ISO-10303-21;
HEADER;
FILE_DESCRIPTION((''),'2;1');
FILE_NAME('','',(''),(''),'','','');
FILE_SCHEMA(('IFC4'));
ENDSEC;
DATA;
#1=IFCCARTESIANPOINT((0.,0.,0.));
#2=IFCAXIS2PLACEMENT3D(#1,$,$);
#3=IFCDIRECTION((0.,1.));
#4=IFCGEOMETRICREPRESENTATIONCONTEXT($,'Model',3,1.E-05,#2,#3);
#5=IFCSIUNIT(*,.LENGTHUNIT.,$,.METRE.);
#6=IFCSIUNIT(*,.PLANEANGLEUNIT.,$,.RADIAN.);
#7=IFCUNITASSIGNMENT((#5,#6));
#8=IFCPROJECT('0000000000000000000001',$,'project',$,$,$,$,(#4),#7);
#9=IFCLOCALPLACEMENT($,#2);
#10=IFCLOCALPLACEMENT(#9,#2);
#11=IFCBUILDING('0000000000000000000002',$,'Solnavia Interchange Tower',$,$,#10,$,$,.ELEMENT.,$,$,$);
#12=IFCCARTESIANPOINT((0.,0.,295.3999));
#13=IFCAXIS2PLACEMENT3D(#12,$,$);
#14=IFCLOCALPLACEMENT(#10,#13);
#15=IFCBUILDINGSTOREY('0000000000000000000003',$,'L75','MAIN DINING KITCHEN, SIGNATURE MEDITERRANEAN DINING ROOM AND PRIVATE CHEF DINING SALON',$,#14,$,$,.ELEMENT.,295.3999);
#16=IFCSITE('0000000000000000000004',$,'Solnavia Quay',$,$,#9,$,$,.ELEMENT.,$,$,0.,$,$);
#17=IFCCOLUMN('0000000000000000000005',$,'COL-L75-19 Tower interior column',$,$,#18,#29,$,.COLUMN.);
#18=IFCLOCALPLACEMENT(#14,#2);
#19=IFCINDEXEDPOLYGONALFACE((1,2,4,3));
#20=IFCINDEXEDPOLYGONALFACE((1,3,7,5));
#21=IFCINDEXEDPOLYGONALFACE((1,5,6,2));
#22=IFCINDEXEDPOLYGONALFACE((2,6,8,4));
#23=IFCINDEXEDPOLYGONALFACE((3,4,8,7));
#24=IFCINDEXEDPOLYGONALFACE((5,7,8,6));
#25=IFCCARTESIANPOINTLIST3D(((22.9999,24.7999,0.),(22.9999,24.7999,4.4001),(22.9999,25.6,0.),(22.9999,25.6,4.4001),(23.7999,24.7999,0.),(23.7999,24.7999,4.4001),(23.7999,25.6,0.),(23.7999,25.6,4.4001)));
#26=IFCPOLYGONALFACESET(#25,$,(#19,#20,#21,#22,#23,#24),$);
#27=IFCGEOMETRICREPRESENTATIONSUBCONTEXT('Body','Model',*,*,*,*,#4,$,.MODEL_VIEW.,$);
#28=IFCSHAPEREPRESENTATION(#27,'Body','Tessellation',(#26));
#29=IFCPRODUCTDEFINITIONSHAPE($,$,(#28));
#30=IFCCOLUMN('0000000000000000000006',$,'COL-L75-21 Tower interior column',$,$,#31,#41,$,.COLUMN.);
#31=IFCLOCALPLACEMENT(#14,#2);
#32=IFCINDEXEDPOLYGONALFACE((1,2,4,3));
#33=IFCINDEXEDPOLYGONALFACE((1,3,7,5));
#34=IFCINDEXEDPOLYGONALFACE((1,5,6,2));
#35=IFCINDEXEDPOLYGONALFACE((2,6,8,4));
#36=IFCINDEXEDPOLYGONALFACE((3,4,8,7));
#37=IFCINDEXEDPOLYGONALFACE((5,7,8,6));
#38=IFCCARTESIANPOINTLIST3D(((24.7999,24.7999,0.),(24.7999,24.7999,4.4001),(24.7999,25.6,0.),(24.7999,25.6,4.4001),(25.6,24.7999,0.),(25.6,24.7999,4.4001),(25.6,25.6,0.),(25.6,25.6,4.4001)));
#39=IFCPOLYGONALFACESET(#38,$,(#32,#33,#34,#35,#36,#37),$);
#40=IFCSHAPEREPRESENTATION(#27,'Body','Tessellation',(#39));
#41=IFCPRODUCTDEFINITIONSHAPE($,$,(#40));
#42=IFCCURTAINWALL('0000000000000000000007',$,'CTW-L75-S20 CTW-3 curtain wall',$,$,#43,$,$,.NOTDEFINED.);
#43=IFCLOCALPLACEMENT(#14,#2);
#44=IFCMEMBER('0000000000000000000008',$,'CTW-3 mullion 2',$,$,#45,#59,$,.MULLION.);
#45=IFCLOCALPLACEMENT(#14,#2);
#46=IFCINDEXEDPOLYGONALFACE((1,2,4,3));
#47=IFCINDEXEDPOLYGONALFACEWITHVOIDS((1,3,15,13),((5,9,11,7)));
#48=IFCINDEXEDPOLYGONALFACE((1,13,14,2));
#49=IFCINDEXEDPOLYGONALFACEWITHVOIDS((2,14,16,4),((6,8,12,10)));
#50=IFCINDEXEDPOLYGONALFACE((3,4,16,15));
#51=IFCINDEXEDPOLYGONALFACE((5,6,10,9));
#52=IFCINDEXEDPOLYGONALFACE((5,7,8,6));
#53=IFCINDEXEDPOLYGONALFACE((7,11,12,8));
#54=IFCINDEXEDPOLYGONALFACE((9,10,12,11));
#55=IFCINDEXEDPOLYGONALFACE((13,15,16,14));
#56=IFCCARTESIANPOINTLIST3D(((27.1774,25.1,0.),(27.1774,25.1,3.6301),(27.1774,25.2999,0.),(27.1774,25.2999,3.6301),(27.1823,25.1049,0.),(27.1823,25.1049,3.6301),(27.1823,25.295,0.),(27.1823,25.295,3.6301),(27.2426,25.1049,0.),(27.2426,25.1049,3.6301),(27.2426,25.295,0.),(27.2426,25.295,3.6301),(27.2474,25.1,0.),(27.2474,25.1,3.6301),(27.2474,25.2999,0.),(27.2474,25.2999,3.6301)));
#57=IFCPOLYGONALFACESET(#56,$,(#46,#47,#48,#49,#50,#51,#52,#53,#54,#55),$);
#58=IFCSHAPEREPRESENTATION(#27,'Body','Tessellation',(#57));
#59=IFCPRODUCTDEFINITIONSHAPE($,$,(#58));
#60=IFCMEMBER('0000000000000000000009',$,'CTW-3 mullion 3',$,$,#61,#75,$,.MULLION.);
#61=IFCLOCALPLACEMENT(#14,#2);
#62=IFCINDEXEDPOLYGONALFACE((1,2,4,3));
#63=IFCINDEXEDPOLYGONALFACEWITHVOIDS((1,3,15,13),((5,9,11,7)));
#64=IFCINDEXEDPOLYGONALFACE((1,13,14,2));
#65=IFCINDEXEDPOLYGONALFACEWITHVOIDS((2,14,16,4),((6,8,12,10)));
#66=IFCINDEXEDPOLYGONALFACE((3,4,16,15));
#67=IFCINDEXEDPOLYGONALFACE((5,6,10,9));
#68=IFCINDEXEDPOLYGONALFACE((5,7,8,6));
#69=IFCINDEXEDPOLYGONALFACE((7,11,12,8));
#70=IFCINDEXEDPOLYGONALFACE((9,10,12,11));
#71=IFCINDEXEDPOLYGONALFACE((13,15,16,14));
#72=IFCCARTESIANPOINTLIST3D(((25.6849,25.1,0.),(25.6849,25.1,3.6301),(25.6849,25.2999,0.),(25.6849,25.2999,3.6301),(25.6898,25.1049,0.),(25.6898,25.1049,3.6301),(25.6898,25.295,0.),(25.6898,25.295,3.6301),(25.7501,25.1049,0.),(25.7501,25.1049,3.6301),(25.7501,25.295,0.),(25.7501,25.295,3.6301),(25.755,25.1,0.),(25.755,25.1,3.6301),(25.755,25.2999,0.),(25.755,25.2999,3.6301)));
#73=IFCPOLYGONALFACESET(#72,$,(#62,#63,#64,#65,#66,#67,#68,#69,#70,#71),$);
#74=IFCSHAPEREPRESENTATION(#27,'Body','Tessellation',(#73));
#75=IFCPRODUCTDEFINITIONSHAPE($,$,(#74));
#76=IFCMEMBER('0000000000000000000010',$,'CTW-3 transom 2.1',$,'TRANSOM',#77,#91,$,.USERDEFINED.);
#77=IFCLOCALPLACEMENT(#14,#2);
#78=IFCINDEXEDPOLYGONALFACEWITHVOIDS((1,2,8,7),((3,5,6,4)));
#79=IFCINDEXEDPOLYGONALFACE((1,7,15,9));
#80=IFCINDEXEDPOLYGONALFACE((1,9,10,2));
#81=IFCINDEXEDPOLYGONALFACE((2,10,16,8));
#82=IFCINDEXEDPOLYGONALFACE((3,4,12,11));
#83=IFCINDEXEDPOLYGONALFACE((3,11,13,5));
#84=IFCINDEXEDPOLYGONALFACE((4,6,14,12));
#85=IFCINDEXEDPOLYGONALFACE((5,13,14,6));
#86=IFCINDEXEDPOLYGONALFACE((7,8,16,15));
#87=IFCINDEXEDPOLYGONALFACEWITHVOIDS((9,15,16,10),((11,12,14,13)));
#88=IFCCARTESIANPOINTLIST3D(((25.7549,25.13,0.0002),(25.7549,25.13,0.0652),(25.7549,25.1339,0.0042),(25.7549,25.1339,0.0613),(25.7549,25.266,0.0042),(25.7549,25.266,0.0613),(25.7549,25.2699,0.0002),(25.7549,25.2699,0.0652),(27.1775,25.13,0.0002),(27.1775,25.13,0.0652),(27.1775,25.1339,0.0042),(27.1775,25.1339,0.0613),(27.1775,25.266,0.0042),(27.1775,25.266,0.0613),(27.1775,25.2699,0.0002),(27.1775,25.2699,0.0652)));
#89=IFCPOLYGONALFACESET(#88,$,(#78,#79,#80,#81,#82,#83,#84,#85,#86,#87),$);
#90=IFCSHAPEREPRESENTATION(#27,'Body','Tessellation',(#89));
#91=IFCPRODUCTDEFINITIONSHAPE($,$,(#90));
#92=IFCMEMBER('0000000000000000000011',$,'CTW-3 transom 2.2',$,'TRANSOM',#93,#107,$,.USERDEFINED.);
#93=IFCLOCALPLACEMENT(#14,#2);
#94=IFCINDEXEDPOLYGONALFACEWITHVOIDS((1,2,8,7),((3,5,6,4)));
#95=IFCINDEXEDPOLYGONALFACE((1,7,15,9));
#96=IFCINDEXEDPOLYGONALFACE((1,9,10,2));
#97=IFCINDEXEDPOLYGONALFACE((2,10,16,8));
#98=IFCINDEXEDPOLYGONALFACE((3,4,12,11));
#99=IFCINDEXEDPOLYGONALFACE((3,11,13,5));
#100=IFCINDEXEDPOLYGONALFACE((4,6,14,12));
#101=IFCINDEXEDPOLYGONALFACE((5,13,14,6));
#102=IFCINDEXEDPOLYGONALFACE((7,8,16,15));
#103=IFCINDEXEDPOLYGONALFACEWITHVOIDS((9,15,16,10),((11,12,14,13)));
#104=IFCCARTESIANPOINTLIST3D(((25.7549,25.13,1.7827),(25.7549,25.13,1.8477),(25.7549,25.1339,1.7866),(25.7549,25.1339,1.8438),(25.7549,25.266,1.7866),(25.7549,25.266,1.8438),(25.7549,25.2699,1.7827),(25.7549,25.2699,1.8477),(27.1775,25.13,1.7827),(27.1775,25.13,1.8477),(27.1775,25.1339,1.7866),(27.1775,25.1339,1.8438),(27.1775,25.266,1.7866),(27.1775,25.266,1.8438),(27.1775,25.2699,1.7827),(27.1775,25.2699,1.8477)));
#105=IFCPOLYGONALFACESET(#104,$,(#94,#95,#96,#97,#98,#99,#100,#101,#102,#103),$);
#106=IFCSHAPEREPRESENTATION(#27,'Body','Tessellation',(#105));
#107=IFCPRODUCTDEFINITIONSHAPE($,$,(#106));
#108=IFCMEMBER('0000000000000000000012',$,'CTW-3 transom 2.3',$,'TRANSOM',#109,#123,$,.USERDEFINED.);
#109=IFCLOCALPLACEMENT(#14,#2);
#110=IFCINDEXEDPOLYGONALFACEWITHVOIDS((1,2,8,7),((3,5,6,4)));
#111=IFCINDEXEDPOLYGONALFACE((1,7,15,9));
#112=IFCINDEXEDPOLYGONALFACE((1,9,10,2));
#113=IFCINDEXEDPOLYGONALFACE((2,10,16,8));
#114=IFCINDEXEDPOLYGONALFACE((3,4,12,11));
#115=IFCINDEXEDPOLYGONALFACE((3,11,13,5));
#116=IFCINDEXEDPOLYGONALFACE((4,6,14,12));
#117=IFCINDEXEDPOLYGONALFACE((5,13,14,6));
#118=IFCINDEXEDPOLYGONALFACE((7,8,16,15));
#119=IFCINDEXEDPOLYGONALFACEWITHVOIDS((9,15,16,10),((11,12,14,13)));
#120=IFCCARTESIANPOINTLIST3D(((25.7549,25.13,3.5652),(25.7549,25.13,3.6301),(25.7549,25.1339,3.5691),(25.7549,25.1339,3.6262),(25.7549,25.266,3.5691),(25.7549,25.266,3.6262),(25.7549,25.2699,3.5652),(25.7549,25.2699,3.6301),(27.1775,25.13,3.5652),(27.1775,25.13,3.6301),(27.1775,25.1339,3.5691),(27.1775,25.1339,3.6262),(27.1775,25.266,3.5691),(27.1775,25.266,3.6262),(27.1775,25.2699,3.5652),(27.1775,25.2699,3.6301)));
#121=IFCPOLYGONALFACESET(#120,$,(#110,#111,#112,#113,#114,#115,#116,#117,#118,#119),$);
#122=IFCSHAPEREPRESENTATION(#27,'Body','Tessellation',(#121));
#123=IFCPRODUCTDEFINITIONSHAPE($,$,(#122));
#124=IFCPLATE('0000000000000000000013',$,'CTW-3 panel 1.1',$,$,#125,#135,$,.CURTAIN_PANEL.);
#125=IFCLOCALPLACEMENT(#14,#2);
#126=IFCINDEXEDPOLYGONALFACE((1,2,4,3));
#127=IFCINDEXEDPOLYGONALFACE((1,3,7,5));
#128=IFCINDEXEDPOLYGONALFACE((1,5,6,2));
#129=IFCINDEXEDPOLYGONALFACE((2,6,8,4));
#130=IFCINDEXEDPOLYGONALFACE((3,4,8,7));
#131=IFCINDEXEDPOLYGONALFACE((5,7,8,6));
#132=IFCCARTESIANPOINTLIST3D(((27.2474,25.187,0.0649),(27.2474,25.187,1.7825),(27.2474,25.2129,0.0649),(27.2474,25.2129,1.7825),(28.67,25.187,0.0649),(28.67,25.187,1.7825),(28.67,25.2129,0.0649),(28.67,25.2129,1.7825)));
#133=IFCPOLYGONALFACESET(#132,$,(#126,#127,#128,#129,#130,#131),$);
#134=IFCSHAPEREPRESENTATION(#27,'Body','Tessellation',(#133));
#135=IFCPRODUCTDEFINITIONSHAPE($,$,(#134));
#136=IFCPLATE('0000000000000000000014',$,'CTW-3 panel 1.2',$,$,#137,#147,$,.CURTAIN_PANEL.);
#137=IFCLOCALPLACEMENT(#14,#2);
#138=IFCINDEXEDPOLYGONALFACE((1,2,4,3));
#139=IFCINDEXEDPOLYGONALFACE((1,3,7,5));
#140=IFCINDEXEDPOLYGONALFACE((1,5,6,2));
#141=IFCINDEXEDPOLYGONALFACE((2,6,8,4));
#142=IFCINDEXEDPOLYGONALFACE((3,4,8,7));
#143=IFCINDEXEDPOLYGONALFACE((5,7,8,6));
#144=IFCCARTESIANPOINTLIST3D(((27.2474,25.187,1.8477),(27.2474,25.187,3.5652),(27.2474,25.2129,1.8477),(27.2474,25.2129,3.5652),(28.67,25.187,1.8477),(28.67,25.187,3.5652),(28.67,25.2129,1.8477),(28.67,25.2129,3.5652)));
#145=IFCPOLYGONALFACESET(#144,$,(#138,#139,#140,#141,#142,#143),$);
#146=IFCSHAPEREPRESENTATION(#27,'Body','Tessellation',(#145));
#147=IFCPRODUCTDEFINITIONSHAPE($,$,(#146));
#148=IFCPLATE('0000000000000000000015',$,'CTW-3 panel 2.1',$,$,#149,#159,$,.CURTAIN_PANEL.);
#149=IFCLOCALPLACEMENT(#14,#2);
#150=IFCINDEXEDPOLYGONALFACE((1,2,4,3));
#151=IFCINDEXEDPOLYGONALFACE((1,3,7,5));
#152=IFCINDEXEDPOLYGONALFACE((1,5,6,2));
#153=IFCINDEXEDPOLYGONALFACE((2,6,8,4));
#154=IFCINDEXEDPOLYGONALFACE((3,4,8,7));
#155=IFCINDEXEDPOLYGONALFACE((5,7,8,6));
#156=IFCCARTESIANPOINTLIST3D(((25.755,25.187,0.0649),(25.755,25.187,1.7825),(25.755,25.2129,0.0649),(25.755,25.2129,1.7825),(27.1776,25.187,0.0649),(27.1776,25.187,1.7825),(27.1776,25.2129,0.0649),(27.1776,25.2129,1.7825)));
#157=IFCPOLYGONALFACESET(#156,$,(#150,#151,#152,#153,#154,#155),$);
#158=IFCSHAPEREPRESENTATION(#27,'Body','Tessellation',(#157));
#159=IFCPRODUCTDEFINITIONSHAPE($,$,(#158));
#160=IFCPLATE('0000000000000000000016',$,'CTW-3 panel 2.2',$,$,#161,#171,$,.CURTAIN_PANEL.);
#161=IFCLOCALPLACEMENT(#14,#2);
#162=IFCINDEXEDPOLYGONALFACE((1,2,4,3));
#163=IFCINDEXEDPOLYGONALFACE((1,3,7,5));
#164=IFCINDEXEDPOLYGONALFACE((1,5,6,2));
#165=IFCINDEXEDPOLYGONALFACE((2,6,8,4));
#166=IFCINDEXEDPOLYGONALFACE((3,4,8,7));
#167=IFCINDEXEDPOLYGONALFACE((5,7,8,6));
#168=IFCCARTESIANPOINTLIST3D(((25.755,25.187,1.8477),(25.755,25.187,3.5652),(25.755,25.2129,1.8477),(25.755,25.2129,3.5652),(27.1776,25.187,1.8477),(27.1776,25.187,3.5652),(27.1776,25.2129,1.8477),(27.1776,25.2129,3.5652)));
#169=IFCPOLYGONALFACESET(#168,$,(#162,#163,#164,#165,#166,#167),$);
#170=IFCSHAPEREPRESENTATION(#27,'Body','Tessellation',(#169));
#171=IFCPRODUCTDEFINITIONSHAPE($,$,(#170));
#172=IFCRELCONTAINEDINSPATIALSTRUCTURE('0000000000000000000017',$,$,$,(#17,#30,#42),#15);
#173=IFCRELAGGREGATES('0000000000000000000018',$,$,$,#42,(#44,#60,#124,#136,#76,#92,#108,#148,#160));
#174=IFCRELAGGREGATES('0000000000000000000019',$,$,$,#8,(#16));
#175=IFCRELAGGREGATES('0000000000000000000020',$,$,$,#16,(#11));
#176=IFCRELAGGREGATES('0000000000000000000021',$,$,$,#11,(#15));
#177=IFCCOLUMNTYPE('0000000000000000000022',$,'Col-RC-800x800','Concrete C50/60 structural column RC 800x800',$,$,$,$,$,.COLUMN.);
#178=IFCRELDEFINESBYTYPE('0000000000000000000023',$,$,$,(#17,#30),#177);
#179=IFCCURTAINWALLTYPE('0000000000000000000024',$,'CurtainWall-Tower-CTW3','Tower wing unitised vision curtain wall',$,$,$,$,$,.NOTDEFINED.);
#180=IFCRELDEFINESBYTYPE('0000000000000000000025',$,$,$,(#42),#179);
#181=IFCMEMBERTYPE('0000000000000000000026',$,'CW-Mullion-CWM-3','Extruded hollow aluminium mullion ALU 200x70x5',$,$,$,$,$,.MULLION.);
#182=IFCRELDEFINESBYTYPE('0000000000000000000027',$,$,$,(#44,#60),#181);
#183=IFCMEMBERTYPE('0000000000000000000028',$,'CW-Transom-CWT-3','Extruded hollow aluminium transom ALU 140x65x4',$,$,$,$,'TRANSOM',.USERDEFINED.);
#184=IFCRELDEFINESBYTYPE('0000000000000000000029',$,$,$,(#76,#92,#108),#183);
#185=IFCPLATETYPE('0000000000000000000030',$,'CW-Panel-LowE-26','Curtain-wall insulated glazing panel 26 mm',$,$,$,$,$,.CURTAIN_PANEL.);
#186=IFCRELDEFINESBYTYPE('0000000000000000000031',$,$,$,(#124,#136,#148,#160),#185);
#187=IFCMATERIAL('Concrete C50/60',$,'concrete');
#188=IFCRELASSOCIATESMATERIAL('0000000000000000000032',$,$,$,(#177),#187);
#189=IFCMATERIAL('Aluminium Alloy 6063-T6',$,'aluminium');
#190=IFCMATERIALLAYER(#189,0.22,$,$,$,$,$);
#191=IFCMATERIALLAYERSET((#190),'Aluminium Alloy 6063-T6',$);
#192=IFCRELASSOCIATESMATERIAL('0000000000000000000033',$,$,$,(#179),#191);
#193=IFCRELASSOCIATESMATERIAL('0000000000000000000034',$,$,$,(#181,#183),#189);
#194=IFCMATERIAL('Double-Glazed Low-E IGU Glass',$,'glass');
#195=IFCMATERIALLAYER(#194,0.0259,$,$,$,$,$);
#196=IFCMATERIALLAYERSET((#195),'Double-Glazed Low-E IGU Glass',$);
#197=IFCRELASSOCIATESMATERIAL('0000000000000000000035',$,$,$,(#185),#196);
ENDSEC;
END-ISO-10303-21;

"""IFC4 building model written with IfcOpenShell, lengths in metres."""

from ifc_helpers import new_model, si_unit, direction, frame, origin, origin_2d, place, context, subcontext, project, spatial, rectangle, hollow_rectangle, extrude, material, layer, layer_set, material_profile, profile_set, type_object, element, aggregate, save


model = new_model("IFC4")

# Units and contexts
model_context = context("Model", 3, precision=1e-05, world=origin(), true_north=direction((0.0, 1.0)))
body_context = subcontext(model_context, "Body", "Model", "MODEL_VIEW")
ifc_project = project(units=[si_unit("LENGTHUNIT", "METRE"), si_unit("PLANEANGLEUNIT", "RADIAN")], contexts=[model_context])

# Site, building, storey
site_placement = place(None, origin())
site = spatial("IfcSite", under=ifc_project, at=site_placement, Name="Solnavia Quay", CompositionType="ELEMENT", RefElevation=0.0)
building_placement = place(site_placement, origin())
building = spatial("IfcBuilding", under=site, at=building_placement, Name="Solnavia Interchange Tower", CompositionType="ELEMENT")
storey_placement = place(building_placement, frame((0.0, 0.0, 295.3999)))
storey = spatial("IfcBuildingStorey", under=building, at=storey_placement, Name="L75", Description="MAIN DINING KITCHEN, SIGNATURE MEDITERRANEAN DINING ROOM AND PRIVATE CHEF DINING SALON", CompositionType="ELEMENT", Elevation=295.3999)

# Columns
ifc_material_1 = material(Name="Concrete C50/60", Category="concrete")
ifc_material_profile_1 = material_profile(ifc_material_1, rectangle(XDim=0.8, YDim=0.8, at=origin_2d()), Name="RC 800x800")
ifc_profile_set_1 = profile_set([ifc_material_profile_1], Name="Concrete C50/60")
column_type = type_object("IfcColumnType", Name="Col-RC-800x800", Description="Concrete C50/60 structural column RC 800x800", PredefinedType="COLUMN", material=ifc_profile_set_1)
for number, where, z_axis, x_axis, name in (
    (1, (23.3999, 25.2, 0.0), (0.0, 0.0, 1.0), (1.0, 0.0, 0.0), "COL-L75-19 Tower interior column"),
    (2, (25.2, 25.2, 0.0), (0.0, 0.0, 1.0), (1.0, 0.0, 0.0), "COL-L75-21 Tower interior column"),
):
    element("IfcColumn", number, at=place(storey_placement, frame(where, z_axis=z_axis, x_axis=x_axis)), inside=storey, type_object=column_type, Name=name, PredefinedType="COLUMN", context=body_context, shape_type="SweptSolid", body=[
        extrude(rectangle(XDim=0.8, YDim=0.8, at=origin_2d()), origin(), (0.0, 0.0, 1.0), 4.4001),
    ])

# Curtain wall, members, plates
ifc_material_2 = material(Name="Aluminium Alloy 6063-T6", Category="aluminium")
ifc_layer_1 = layer(ifc_material_2, 0.22)
ifc_layer_set_1 = layer_set([ifc_layer_1], Name="Aluminium Alloy 6063-T6")
curtain_wall_type = type_object("IfcCurtainWallType", Name="CurtainWall-Tower-CTW3", Description="Tower wing unitised vision curtain wall", PredefinedType="NOTDEFINED", material=ifc_layer_set_1)
curtain_wall_placement = place(storey_placement, origin())
curtain_wall = element("IfcCurtainWall", 3, at=curtain_wall_placement, inside=storey, type_object=curtain_wall_type, Name="CTW-L75-S20 CTW-3 curtain wall", PredefinedType="NOTDEFINED")
ifc_material_profile_2 = material_profile(ifc_material_2, hollow_rectangle(XDim=0.0701, YDim=0.2, WallThickness=0.0049, at=origin_2d()), Name="ALU 200x70x5")
ifc_profile_set_2 = profile_set([ifc_material_profile_2], Name="Aluminium Alloy 6063-T6")
member_type_1 = type_object("IfcMemberType", Name="CW-Mullion-CWM-3", Description="Extruded hollow aluminium mullion ALU 200x70x5", PredefinedType="MULLION", material=ifc_profile_set_2)
member_1_placement = place(storey_placement, frame((27.2124, 25.2, 0.0), z_axis=(0.0, 0.0, 1.0), x_axis=(-1.0, 0.0, 0.0)))
member_1 = element("IfcMember", 4, at=member_1_placement, type_object=member_type_1, Name="CTW-3 mullion 2", PredefinedType="MULLION", context=body_context, shape_type="SweptSolid", body=[
    extrude(hollow_rectangle(XDim=0.0701, YDim=0.2, WallThickness=0.0049, at=origin_2d()), origin(), (0.0, 0.0, 1.0), 3.6301),
])
member_2_placement = place(storey_placement, frame((25.72, 25.2, 0.0), z_axis=(0.0, 0.0, 1.0), x_axis=(-1.0, 0.0, 0.0)))
member_2 = element("IfcMember", 5, at=member_2_placement, type_object=member_type_1, Name="CTW-3 mullion 3", PredefinedType="MULLION", context=body_context, shape_type="SweptSolid", body=[
    extrude(hollow_rectangle(XDim=0.0701, YDim=0.2, WallThickness=0.0049, at=origin_2d()), origin(), (0.0, 0.0, 1.0), 3.6301),
])
ifc_material_profile_3 = material_profile(ifc_material_2, hollow_rectangle(XDim=0.0649, YDim=0.1399, WallThickness=0.0039, at=origin_2d()), Name="ALU 140x65x4")
ifc_profile_set_3 = profile_set([ifc_material_profile_3], Name="Aluminium Alloy 6063-T6")
member_type_2 = type_object("IfcMemberType", Name="CW-Transom-CWT-3", Description="Extruded hollow aluminium transom ALU 140x65x4", ElementType="TRANSOM", PredefinedType="USERDEFINED", material=ifc_profile_set_3)
member_3_placement = place(storey_placement, frame((27.1775, 25.2, 0.0327), z_axis=(-1.0, 0.0, 0.0), x_axis=(0.0, 0.0, 1.0)))
member_3 = element("IfcMember", 6, at=member_3_placement, type_object=member_type_2, Name="CTW-3 transom 2.1", ObjectType="TRANSOM", PredefinedType="USERDEFINED", context=body_context, shape_type="SweptSolid", body=[
    extrude(hollow_rectangle(XDim=0.0649, YDim=0.1399, WallThickness=0.0039, at=origin_2d()), origin(), (0.0, 0.0, 1.0), 1.4226),
])
member_4_placement = place(storey_placement, frame((27.1775, 25.2, 1.8152), z_axis=(-1.0, 0.0, 0.0), x_axis=(0.0, 0.0, 1.0)))
member_4 = element("IfcMember", 7, at=member_4_placement, type_object=member_type_2, Name="CTW-3 transom 2.2", ObjectType="TRANSOM", PredefinedType="USERDEFINED", context=body_context, shape_type="SweptSolid", body=[
    extrude(hollow_rectangle(XDim=0.0649, YDim=0.1399, WallThickness=0.0039, at=origin_2d()), origin(), (0.0, 0.0, 1.0), 1.4226),
])
member_5_placement = place(storey_placement, frame((27.1775, 25.2, 3.5977), z_axis=(-1.0, 0.0, 0.0), x_axis=(0.0, 0.0, 1.0)))
member_5 = element("IfcMember", 8, at=member_5_placement, type_object=member_type_2, Name="CTW-3 transom 2.3", ObjectType="TRANSOM", PredefinedType="USERDEFINED", context=body_context, shape_type="SweptSolid", body=[
    extrude(hollow_rectangle(XDim=0.0649, YDim=0.1399, WallThickness=0.0039, at=origin_2d()), origin(), (0.0, 0.0, 1.0), 1.4226),
])
ifc_material_3 = material(Name="Double-Glazed Low-E IGU Glass", Category="glass")
ifc_layer_2 = layer(ifc_material_3, 0.0259)
ifc_layer_set_2 = layer_set([ifc_layer_2], Name="Double-Glazed Low-E IGU Glass")
plate_type = type_object("IfcPlateType", Name="CW-Panel-LowE-26", Description="Curtain-wall insulated glazing panel 26 mm", PredefinedType="CURTAIN_PANEL", material=ifc_layer_set_2)
plate_1_placement = place(storey_placement, frame((27.9587, 25.2, 0.0649), z_axis=(0.0, 0.0, 1.0), x_axis=(-1.0, 0.0, 0.0)))
plate_1 = element("IfcPlate", 9, at=plate_1_placement, type_object=plate_type, Name="CTW-3 panel 1.1", PredefinedType="CURTAIN_PANEL", context=body_context, shape_type="SweptSolid", body=[
    extrude(rectangle(XDim=1.4226, YDim=0.0259, at=origin_2d()), origin(), (0.0, 0.0, 1.0), 1.7175),
])
plate_2_placement = place(storey_placement, frame((27.9587, 25.2, 1.8477), z_axis=(0.0, 0.0, 1.0), x_axis=(-1.0, 0.0, 0.0)))
plate_2 = element("IfcPlate", 10, at=plate_2_placement, type_object=plate_type, Name="CTW-3 panel 1.2", PredefinedType="CURTAIN_PANEL", context=body_context, shape_type="SweptSolid", body=[
    extrude(rectangle(XDim=1.4226, YDim=0.0259, at=origin_2d()), origin(), (0.0, 0.0, 1.0), 1.7175),
])
plate_3_placement = place(storey_placement, frame((26.4663, 25.2, 0.0649), z_axis=(0.0, 0.0, 1.0), x_axis=(-1.0, 0.0, 0.0)))
plate_3 = element("IfcPlate", 11, at=plate_3_placement, type_object=plate_type, Name="CTW-3 panel 2.1", PredefinedType="CURTAIN_PANEL", context=body_context, shape_type="SweptSolid", body=[
    extrude(rectangle(XDim=1.4226, YDim=0.0259, at=origin_2d()), origin(), (0.0, 0.0, 1.0), 1.7175),
])
plate_4_placement = place(storey_placement, frame((26.4663, 25.2, 1.8477), z_axis=(0.0, 0.0, 1.0), x_axis=(-1.0, 0.0, 0.0)))
plate_4 = element("IfcPlate", 12, at=plate_4_placement, type_object=plate_type, Name="CTW-3 panel 2.2", PredefinedType="CURTAIN_PANEL", context=body_context, shape_type="SweptSolid", body=[
    extrude(rectangle(XDim=1.4226, YDim=0.0259, at=origin_2d()), origin(), (0.0, 0.0, 1.0), 1.7175),
])
aggregate(curtain_wall, [member_1, member_2, plate_1, plate_2, member_3, member_4, member_5, plate_3, plate_4])

save(model, "model.ifc")
